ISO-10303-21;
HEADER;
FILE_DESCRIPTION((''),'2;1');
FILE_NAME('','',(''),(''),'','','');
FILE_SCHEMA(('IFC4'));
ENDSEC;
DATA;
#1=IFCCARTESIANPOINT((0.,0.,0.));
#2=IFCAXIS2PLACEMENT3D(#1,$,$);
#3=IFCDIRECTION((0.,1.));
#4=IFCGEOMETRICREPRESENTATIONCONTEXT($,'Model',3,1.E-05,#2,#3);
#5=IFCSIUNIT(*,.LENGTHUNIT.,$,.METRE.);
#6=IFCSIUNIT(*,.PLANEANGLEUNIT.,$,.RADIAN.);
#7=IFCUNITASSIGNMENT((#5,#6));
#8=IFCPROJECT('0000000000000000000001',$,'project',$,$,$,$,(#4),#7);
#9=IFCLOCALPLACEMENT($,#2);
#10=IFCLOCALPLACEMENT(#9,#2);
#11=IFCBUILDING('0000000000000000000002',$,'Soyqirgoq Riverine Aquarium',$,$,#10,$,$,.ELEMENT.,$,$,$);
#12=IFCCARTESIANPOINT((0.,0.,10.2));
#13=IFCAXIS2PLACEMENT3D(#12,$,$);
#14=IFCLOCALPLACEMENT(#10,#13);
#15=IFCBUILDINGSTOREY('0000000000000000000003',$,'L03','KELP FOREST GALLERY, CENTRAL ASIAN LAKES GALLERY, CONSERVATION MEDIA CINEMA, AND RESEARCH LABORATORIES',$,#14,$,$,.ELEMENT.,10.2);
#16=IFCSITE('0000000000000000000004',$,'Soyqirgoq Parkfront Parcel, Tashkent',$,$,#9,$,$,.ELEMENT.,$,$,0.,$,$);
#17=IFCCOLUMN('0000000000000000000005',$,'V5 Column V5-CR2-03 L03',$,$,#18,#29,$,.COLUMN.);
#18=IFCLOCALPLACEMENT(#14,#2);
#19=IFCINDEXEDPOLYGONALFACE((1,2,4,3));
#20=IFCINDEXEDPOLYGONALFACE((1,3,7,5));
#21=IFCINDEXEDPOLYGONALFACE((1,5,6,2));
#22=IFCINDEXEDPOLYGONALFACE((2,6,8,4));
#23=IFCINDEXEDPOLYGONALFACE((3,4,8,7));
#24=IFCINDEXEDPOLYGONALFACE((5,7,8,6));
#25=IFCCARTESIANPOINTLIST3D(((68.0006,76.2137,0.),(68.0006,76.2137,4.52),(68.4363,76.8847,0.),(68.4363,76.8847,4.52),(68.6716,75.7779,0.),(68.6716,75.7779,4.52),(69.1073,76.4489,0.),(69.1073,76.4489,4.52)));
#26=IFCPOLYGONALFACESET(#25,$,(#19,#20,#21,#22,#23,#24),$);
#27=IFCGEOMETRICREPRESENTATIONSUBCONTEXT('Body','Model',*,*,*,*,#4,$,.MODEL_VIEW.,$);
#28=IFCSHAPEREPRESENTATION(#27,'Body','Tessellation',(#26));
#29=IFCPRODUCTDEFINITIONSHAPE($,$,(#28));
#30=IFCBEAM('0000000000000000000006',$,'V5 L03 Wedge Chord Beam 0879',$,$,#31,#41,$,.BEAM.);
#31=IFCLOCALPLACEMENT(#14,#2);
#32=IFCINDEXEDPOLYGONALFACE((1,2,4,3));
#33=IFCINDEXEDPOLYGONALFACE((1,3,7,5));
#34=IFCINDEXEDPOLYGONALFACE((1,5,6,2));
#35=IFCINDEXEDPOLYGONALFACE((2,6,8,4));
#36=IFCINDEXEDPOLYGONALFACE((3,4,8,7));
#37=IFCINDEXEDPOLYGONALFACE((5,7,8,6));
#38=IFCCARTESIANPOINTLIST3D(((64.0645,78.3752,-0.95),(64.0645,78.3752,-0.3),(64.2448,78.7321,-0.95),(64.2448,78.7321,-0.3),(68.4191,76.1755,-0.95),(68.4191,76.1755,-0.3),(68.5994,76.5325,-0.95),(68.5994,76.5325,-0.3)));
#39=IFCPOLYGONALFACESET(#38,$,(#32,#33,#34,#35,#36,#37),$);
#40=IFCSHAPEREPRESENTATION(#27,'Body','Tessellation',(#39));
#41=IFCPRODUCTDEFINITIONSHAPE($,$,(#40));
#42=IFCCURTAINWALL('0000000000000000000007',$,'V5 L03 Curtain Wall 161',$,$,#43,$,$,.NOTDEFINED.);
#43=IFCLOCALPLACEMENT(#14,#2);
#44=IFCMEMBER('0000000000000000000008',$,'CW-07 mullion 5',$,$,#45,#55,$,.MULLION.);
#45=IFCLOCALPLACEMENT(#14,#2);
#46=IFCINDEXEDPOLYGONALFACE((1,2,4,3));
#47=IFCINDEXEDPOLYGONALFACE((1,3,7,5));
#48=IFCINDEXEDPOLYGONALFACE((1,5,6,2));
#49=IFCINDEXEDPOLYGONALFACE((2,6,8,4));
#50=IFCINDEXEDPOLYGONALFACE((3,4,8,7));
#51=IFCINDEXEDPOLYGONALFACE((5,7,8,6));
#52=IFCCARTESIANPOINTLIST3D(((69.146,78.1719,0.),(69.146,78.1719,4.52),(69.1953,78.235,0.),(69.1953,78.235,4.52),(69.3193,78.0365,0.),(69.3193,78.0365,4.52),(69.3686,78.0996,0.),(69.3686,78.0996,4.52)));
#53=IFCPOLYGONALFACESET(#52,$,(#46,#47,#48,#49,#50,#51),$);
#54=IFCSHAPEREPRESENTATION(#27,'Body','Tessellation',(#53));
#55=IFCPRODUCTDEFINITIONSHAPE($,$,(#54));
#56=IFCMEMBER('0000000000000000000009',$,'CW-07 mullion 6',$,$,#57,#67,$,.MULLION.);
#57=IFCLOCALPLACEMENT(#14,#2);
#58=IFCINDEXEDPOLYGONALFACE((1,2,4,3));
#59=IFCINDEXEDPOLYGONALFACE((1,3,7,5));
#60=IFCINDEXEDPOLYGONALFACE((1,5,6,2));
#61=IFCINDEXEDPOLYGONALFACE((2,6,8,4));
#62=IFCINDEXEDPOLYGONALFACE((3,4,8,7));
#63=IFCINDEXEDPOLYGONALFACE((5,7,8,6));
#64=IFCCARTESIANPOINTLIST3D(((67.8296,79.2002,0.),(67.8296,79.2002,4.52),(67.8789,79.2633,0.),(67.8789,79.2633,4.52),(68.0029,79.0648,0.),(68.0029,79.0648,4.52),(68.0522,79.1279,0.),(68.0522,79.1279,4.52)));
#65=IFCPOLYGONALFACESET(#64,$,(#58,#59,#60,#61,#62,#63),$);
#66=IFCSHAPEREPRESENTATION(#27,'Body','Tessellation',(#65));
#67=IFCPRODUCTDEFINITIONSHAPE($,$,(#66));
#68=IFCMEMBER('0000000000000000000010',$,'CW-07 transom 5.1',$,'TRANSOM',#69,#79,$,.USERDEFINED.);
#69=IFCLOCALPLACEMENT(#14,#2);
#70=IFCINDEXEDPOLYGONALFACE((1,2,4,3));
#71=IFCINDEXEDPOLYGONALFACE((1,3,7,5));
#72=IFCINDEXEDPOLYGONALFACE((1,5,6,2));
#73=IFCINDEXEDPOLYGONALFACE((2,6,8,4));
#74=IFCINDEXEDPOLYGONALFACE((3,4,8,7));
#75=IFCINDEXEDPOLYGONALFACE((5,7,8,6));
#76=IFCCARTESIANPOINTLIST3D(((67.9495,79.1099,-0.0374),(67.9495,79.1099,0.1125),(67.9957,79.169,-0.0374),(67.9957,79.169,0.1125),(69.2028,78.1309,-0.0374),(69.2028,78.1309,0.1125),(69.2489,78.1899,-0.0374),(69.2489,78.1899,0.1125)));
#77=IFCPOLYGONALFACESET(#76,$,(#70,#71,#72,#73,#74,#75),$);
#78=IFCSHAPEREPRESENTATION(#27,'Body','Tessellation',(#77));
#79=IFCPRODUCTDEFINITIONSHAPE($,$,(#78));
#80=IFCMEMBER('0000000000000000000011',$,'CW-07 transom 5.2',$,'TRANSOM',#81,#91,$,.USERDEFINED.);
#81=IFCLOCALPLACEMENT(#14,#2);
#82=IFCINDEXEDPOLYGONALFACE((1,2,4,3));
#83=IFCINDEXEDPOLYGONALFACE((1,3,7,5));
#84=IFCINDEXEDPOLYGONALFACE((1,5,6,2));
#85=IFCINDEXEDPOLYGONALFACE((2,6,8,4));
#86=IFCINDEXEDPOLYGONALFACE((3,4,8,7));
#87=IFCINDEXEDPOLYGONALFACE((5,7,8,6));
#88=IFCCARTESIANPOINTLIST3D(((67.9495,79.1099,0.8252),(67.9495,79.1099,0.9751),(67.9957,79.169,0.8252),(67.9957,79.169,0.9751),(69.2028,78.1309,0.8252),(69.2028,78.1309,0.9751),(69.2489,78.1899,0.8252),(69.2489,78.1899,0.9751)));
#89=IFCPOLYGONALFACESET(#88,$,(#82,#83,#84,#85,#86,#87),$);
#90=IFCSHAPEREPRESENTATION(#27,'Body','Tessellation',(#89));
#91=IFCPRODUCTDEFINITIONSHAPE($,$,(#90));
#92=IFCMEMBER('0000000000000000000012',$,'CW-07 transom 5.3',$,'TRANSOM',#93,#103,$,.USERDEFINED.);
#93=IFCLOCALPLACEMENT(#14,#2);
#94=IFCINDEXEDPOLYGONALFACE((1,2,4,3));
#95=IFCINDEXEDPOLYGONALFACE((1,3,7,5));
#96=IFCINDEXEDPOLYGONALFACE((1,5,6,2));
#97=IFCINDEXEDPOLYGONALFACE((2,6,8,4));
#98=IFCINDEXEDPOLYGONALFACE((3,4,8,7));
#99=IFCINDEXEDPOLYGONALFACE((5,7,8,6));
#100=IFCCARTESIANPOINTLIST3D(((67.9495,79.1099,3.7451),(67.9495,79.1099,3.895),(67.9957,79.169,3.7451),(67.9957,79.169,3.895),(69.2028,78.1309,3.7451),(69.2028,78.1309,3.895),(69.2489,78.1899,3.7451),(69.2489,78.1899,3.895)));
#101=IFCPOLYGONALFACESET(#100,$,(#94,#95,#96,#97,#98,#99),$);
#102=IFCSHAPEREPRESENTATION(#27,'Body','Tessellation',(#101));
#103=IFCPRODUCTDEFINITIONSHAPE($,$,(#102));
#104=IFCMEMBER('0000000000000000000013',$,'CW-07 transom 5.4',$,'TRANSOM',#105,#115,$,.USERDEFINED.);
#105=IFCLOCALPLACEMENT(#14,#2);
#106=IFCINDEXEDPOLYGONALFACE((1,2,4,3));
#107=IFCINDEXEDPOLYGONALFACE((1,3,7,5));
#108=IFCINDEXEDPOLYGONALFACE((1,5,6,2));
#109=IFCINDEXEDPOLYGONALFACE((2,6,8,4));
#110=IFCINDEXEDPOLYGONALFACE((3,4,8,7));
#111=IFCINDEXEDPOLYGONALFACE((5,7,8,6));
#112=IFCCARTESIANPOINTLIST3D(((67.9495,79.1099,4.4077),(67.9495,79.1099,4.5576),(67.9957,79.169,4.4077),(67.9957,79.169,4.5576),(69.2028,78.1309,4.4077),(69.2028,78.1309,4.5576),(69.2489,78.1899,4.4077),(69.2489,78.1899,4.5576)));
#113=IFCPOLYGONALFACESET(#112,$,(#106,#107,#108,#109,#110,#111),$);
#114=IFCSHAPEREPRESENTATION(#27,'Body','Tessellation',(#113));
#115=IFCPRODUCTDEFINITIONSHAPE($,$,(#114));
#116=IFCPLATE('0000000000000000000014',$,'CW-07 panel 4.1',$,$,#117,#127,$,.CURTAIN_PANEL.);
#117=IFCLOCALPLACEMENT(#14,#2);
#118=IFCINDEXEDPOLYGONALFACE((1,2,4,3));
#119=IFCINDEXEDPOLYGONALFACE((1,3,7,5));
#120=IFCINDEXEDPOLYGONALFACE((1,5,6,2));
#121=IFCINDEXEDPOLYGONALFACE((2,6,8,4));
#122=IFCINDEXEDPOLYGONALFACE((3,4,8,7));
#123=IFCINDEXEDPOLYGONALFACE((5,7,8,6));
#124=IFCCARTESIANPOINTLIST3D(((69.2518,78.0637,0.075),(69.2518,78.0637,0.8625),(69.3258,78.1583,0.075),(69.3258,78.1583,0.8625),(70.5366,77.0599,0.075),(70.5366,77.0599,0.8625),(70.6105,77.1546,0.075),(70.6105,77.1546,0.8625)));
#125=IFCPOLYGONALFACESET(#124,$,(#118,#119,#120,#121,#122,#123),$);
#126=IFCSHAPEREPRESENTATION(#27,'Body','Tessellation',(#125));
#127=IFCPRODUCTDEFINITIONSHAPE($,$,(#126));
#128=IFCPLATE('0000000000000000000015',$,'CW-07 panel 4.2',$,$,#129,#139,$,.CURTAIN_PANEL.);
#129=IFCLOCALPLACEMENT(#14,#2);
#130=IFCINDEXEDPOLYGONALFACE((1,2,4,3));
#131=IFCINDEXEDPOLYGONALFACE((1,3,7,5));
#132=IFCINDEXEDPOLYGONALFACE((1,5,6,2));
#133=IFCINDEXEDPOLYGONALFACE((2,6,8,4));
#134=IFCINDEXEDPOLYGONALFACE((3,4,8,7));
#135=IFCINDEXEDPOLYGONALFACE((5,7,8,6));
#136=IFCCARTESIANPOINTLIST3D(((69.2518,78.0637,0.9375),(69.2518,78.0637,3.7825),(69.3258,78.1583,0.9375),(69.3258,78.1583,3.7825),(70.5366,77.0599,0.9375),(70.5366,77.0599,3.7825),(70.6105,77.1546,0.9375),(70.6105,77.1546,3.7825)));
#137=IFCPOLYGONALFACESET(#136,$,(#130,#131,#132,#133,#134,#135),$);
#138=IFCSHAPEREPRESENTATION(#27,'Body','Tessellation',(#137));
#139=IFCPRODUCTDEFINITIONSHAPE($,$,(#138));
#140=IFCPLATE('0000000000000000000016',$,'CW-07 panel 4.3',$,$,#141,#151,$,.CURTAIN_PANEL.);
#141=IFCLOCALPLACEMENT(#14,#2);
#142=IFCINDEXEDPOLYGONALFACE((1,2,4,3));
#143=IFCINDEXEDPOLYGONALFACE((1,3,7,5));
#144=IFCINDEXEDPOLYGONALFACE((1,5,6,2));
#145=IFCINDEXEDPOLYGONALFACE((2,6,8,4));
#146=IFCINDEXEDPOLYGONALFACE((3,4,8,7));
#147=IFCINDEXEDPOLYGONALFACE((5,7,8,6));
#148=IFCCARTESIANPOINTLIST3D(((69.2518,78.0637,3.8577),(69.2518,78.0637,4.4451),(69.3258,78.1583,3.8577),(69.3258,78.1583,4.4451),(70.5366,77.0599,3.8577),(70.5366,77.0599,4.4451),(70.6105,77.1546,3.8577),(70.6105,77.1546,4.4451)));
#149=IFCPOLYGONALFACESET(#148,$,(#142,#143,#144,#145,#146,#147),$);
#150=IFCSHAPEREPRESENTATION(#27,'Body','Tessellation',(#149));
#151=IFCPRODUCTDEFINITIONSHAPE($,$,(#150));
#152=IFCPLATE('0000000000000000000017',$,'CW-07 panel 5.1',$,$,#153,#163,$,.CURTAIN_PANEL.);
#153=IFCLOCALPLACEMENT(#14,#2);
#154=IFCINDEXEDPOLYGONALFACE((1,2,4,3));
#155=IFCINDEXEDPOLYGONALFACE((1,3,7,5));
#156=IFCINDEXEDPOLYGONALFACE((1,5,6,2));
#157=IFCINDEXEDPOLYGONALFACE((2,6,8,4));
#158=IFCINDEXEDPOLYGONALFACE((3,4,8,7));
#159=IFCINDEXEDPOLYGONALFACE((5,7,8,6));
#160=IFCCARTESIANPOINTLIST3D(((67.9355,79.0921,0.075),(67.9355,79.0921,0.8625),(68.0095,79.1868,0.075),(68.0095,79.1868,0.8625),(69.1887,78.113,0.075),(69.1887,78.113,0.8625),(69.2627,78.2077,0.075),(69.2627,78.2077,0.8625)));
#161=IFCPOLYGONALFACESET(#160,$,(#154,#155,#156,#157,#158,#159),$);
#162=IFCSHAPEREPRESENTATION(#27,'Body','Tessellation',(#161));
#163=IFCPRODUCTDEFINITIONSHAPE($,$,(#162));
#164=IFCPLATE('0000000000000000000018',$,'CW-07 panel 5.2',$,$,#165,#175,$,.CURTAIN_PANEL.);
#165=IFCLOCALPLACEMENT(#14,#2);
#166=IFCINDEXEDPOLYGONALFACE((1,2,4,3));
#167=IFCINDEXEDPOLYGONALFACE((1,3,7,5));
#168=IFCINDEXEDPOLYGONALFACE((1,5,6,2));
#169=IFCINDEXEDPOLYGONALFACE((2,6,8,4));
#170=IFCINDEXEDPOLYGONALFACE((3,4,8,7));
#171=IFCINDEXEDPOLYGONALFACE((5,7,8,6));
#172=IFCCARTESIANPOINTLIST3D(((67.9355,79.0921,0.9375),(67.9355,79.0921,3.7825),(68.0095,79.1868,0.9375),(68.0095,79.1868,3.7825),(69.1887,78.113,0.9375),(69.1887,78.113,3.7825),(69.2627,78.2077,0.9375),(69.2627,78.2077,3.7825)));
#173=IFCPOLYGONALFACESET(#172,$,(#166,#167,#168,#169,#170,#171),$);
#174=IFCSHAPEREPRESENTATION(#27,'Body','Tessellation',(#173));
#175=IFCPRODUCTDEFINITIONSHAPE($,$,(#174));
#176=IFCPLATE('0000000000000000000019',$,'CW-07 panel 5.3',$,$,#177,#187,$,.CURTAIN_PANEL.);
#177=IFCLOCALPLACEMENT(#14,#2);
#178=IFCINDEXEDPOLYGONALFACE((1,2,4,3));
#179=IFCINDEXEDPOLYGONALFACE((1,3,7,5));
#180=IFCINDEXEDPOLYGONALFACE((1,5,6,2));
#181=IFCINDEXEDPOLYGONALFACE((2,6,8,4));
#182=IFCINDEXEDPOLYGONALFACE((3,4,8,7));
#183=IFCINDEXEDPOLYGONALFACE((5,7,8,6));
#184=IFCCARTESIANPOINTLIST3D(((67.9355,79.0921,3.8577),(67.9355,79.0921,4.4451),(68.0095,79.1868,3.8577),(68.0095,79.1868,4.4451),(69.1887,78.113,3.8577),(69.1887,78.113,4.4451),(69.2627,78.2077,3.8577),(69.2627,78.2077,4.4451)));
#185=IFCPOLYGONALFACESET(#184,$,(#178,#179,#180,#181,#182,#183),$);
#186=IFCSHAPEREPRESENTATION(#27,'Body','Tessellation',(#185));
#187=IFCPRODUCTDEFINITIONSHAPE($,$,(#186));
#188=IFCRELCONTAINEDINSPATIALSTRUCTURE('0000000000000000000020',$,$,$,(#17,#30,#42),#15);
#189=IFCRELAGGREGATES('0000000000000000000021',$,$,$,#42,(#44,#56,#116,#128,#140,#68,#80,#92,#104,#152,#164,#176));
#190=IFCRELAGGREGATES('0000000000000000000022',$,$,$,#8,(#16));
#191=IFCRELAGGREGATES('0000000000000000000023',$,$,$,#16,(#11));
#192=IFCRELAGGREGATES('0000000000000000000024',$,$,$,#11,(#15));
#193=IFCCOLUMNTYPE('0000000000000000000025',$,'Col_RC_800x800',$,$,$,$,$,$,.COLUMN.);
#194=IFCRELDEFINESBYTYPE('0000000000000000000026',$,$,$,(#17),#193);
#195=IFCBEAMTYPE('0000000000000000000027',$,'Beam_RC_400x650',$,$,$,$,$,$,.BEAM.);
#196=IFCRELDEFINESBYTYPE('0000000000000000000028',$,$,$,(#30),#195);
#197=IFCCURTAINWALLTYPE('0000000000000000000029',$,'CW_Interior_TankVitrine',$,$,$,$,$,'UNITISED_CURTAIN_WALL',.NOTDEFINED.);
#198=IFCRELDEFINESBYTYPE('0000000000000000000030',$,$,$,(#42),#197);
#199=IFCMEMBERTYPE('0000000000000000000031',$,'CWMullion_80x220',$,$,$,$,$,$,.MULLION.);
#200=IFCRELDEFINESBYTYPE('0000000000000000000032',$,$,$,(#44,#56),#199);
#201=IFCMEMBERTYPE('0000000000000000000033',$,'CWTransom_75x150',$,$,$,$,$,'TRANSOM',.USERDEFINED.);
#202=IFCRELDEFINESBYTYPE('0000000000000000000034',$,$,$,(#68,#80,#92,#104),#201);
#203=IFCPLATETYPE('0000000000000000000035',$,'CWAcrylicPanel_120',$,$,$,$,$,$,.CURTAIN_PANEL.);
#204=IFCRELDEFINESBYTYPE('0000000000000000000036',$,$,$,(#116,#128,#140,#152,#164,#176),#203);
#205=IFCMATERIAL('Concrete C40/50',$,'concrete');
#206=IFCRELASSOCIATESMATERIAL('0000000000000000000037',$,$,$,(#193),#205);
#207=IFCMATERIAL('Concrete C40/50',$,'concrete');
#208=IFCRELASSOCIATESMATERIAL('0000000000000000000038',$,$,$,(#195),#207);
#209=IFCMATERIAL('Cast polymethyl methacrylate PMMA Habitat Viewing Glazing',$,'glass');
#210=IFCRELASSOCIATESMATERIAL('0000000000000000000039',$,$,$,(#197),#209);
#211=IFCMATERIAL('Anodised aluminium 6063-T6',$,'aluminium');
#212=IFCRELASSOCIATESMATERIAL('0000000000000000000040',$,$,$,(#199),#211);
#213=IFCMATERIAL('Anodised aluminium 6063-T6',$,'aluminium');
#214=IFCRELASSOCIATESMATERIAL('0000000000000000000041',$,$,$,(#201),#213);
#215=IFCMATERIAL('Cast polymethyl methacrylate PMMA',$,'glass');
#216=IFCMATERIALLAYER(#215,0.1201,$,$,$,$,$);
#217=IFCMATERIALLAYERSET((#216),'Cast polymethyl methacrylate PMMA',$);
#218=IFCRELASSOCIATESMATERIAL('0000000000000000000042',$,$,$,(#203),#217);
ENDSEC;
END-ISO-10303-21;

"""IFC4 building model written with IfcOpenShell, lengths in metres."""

from ifc_helpers import new_model, si_unit, direction, frame, origin, origin_2d, place, context, subcontext, project, spatial, rectangle, extrude, material, layer, layer_set, material_profile, profile_set, type_object, element, aggregate, save


model = new_model("IFC4")

# Units and contexts
model_context = context("Model", 3, precision=1e-05, world=origin(), true_north=direction((0.0, 1.0)))
body_context = subcontext(model_context, "Body", "Model", "MODEL_VIEW")
ifc_project = project(units=[si_unit("LENGTHUNIT", "METRE"), si_unit("PLANEANGLEUNIT", "RADIAN")], contexts=[model_context])

# Site, building, storey
site_placement = place(None, origin())
site = spatial("IfcSite", under=ifc_project, at=site_placement, Name="Soyqirgoq Parkfront Parcel, Tashkent", CompositionType="ELEMENT", RefElevation=0.0)
building_placement = place(site_placement, origin())
building = spatial("IfcBuilding", under=site, at=building_placement, Name="Soyqirgoq Riverine Aquarium", CompositionType="ELEMENT")
storey_placement = place(building_placement, frame((0.0, 0.0, 10.2)))
storey = spatial("IfcBuildingStorey", under=building, at=storey_placement, Name="L03", Description="KELP FOREST GALLERY, CENTRAL ASIAN LAKES GALLERY, CONSERVATION MEDIA CINEMA, AND RESEARCH LABORATORIES", CompositionType="ELEMENT", Elevation=10.2)

# Column
ifc_material_1 = material(Name="Concrete C40/50", Category="concrete")
ifc_material_profile_1 = material_profile(ifc_material_1, rectangle(XDim=0.8, YDim=0.8, at=origin_2d()), Name="RC 800x800")
ifc_profile_set_1 = profile_set([ifc_material_profile_1], Name="Concrete C40/50")
column_type = type_object("IfcColumnType", Name="Col_RC_800x800", PredefinedType="COLUMN", material=ifc_profile_set_1)
column_placement = place(storey_placement, frame((68.554, 76.3313, 0.0), z_axis=(0.0, 0.0, 1.0), x_axis=(0.544639, 0.838671, 0.0)))
element("IfcColumn", 1, at=column_placement, inside=storey, type_object=column_type, Name="V5 Column V5-CR2-03 L03", PredefinedType="COLUMN", context=body_context, shape_type="SweptSolid", body=[
    extrude(rectangle(XDim=0.8, YDim=0.8, at=origin_2d()), origin(), (0.0, 0.0, 1.0), 4.52),
])

# Beam
ifc_material_2 = material(Name="Concrete C40/50", Category="concrete")
ifc_material_profile_2 = material_profile(ifc_material_2, rectangle(XDim=0.3999, YDim=0.6499, at=origin_2d()), Name="RC 400x650")
ifc_profile_set_2 = profile_set([ifc_material_profile_2], Name="Concrete C40/50")
beam_type = type_object("IfcBeamType", Name="Beam_RC_400x650", PredefinedType="BEAM", material=ifc_profile_set_2)
beam_placement = place(storey_placement, frame((68.5093, 76.354, -0.625), z_axis=(-0.892588, 0.450873, 0.0), x_axis=(-0.450873, -0.892588, 0.0)))
element("IfcBeam", 2, at=beam_placement, inside=storey, type_object=beam_type, Name="V5 L03 Wedge Chord Beam 0879", PredefinedType="BEAM", context=body_context, shape_type="SweptSolid", body=[
    extrude(rectangle(XDim=0.3999, YDim=0.6499, at=origin_2d()), origin(), (0.0, 0.0, 1.0), 4.8787),
])

# Curtain wall, members, plates
ifc_material_3 = material(Name="Cast polymethyl methacrylate PMMA Habitat Viewing Glazing", Category="glass")
curtain_wall_type = type_object("IfcCurtainWallType", Name="CW_Interior_TankVitrine", ElementType="UNITISED_CURTAIN_WALL", PredefinedType="NOTDEFINED", material=ifc_material_3)
curtain_wall_placement = place(storey_placement, origin())
curtain_wall = element("IfcCurtainWall", 3, at=curtain_wall_placement, inside=storey, type_object=curtain_wall_type, Name="V5 L03 Curtain Wall 161", PredefinedType="NOTDEFINED")
ifc_material_4 = material(Name="Anodised aluminium 6063-T6", Category="aluminium")
ifc_material_profile_3 = material_profile(ifc_material_4, rectangle(XDim=0.0801, YDim=0.22, at=origin_2d()), Name="ALU-M 80x220")
ifc_profile_set_3 = profile_set([ifc_material_profile_3], Name="Anodised aluminium 6063-T6")
member_type_1 = type_object("IfcMemberType", Name="CWMullion_80x220", PredefinedType="MULLION", material=ifc_profile_set_3)
member_1_placement = place(storey_placement, frame((69.2573, 78.1357, 0.0), z_axis=(0.0, 0.0, 1.0), x_axis=(-0.615661, -0.788011, 0.0)))
member_1 = element("IfcMember", 4, at=member_1_placement, type_object=member_type_1, Name="CW-07 mullion 5", PredefinedType="MULLION", context=body_context, shape_type="SweptSolid", body=[
    extrude(rectangle(XDim=0.0801, YDim=0.22, at=origin_2d()), origin(), (0.0, 0.0, 1.0), 4.52),
])
member_2_placement = place(storey_placement, frame((67.9409, 79.1641, 0.0), z_axis=(0.0, 0.0, 1.0), x_axis=(-0.615661, -0.788011, 0.0)))
member_2 = element("IfcMember", 5, at=member_2_placement, type_object=member_type_1, Name="CW-07 mullion 6", PredefinedType="MULLION", context=body_context, shape_type="SweptSolid", body=[
    extrude(rectangle(XDim=0.0801, YDim=0.22, at=origin_2d()), origin(), (0.0, 0.0, 1.0), 4.52),
])
ifc_material_5 = material(Name="Anodised aluminium 6063-T6", Category="aluminium")
ifc_material_profile_4 = material_profile(ifc_material_5, rectangle(XDim=0.075, YDim=0.1499, at=origin_2d()), Name="ALU-T 75x150")
ifc_profile_set_4 = profile_set([ifc_material_profile_4], Name="Anodised aluminium 6063-T6")
member_type_2 = type_object("IfcMemberType", Name="CWTransom_75x150", ElementType="TRANSOM", PredefinedType="USERDEFINED", material=ifc_profile_set_4)
member_3_placement = place(storey_placement, frame((69.2258, 78.1604, 0.0376), z_axis=(-0.788036, 0.615629, 0.0), x_axis=(-0.615629, -0.788036, 0.0)))
member_3 = element("IfcMember", 6, at=member_3_placement, type_object=member_type_2, Name="CW-07 transom 5.1", ObjectType="TRANSOM", PredefinedType="USERDEFINED", context=body_context, shape_type="SweptSolid", body=[
    extrude(rectangle(XDim=0.075, YDim=0.1499, at=origin_2d()), origin(), (0.0, 0.0, 1.0), 1.5903),
])
member_4_placement = place(storey_placement, frame((69.2258, 78.1604, 0.9001), z_axis=(-0.788036, 0.615629, 0.0), x_axis=(-0.615629, -0.788036, 0.0)))
member_4 = element("IfcMember", 7, at=member_4_placement, type_object=member_type_2, Name="CW-07 transom 5.2", ObjectType="TRANSOM", PredefinedType="USERDEFINED", context=body_context, shape_type="SweptSolid", body=[
    extrude(rectangle(XDim=0.075, YDim=0.1499, at=origin_2d()), origin(), (0.0, 0.0, 1.0), 1.5903),
])
member_5_placement = place(storey_placement, frame((69.2258, 78.1604, 3.8201), z_axis=(-0.788036, 0.615629, 0.0), x_axis=(-0.615629, -0.788036, 0.0)))
member_5 = element("IfcMember", 8, at=member_5_placement, type_object=member_type_2, Name="CW-07 transom 5.3", ObjectType="TRANSOM", PredefinedType="USERDEFINED", context=body_context, shape_type="SweptSolid", body=[
    extrude(rectangle(XDim=0.075, YDim=0.1499, at=origin_2d()), origin(), (0.0, 0.0, 1.0), 1.5903),
])
member_6_placement = place(storey_placement, frame((69.2258, 78.1604, 4.4827), z_axis=(-0.788036, 0.615629, 0.0), x_axis=(-0.615629, -0.788036, 0.0)))
member_6 = element("IfcMember", 9, at=member_6_placement, type_object=member_type_2, Name="CW-07 transom 5.4", ObjectType="TRANSOM", PredefinedType="USERDEFINED", context=body_context, shape_type="SweptSolid", body=[
    extrude(rectangle(XDim=0.075, YDim=0.1499, at=origin_2d()), origin(), (0.0, 0.0, 1.0), 1.5903),
])
ifc_material_6 = material(Name="Cast polymethyl methacrylate PMMA", Category="glass")
ifc_layer_1 = layer(ifc_material_6, 0.1201)
ifc_layer_set_1 = layer_set([ifc_layer_1], Name="Cast polymethyl methacrylate PMMA")
plate_type = type_object("IfcPlateType", Name="CWAcrylicPanel_120", PredefinedType="CURTAIN_PANEL", material=ifc_layer_set_1)
plate_1_placement = place(storey_placement, frame((69.9312, 77.6091, 0.075), z_axis=(0.0, 0.0, 1.0), x_axis=(-0.788011, 0.615661, 0.0)))
plate_1 = element("IfcPlate", 10, at=plate_1_placement, type_object=plate_type, Name="CW-07 panel 4.1", PredefinedType="CURTAIN_PANEL", context=body_context, shape_type="SweptSolid", body=[
    extrude(rectangle(XDim=1.6304, YDim=0.1201, at=origin_2d()), origin(), (0.0, 0.0, 1.0), 0.7876),
])
plate_2_placement = place(storey_placement, frame((69.9312, 77.6091, 0.9375), z_axis=(0.0, 0.0, 1.0), x_axis=(-0.788011, 0.615661, 0.0)))
plate_2 = element("IfcPlate", 11, at=plate_2_placement, type_object=plate_type, Name="CW-07 panel 4.2", PredefinedType="CURTAIN_PANEL", context=body_context, shape_type="SweptSolid", body=[
    extrude(rectangle(XDim=1.6304, YDim=0.1201, at=origin_2d()), origin(), (0.0, 0.0, 1.0), 2.845),
])
plate_3_placement = place(storey_placement, frame((69.9312, 77.6091, 3.8577), z_axis=(0.0, 0.0, 1.0), x_axis=(-0.788011, 0.615661, 0.0)))
plate_3 = element("IfcPlate", 12, at=plate_3_placement, type_object=plate_type, Name="CW-07 panel 4.3", PredefinedType="CURTAIN_PANEL", context=body_context, shape_type="SweptSolid", body=[
    extrude(rectangle(XDim=1.6304, YDim=0.1201, at=origin_2d()), origin(), (0.0, 0.0, 1.0), 0.5874),
])
plate_4_placement = place(storey_placement, frame((68.5991, 78.6499, 0.075), z_axis=(0.0, 0.0, 1.0), x_axis=(-0.788011, 0.615661, 0.0)))
plate_4 = element("IfcPlate", 13, at=plate_4_placement, type_object=plate_type, Name="CW-07 panel 5.1", PredefinedType="CURTAIN_PANEL", context=body_context, shape_type="SweptSolid", body=[
    extrude(rectangle(XDim=1.5903, YDim=0.1201, at=origin_2d()), origin(), (0.0, 0.0, 1.0), 0.7876),
])
plate_5_placement = place(storey_placement, frame((68.5991, 78.6499, 0.9375), z_axis=(0.0, 0.0, 1.0), x_axis=(-0.788011, 0.615661, 0.0)))
plate_5 = element("IfcPlate", 14, at=plate_5_placement, type_object=plate_type, Name="CW-07 panel 5.2", PredefinedType="CURTAIN_PANEL", context=body_context, shape_type="SweptSolid", body=[
    extrude(rectangle(XDim=1.5903, YDim=0.1201, at=origin_2d()), origin(), (0.0, 0.0, 1.0), 2.845),
])
plate_6_placement = place(storey_placement, frame((68.5991, 78.6499, 3.8577), z_axis=(0.0, 0.0, 1.0), x_axis=(-0.788011, 0.615661, 0.0)))
plate_6 = element("IfcPlate", 15, at=plate_6_placement, type_object=plate_type, Name="CW-07 panel 5.3", PredefinedType="CURTAIN_PANEL", context=body_context, shape_type="SweptSolid", body=[
    extrude(rectangle(XDim=1.5903, YDim=0.1201, at=origin_2d()), origin(), (0.0, 0.0, 1.0), 0.5874),
])
aggregate(curtain_wall, [member_1, member_2, plate_1, plate_2, plate_3, member_3, member_4, member_5, member_6, plate_4, plate_5, plate_6])

save(model, "model.ifc")
